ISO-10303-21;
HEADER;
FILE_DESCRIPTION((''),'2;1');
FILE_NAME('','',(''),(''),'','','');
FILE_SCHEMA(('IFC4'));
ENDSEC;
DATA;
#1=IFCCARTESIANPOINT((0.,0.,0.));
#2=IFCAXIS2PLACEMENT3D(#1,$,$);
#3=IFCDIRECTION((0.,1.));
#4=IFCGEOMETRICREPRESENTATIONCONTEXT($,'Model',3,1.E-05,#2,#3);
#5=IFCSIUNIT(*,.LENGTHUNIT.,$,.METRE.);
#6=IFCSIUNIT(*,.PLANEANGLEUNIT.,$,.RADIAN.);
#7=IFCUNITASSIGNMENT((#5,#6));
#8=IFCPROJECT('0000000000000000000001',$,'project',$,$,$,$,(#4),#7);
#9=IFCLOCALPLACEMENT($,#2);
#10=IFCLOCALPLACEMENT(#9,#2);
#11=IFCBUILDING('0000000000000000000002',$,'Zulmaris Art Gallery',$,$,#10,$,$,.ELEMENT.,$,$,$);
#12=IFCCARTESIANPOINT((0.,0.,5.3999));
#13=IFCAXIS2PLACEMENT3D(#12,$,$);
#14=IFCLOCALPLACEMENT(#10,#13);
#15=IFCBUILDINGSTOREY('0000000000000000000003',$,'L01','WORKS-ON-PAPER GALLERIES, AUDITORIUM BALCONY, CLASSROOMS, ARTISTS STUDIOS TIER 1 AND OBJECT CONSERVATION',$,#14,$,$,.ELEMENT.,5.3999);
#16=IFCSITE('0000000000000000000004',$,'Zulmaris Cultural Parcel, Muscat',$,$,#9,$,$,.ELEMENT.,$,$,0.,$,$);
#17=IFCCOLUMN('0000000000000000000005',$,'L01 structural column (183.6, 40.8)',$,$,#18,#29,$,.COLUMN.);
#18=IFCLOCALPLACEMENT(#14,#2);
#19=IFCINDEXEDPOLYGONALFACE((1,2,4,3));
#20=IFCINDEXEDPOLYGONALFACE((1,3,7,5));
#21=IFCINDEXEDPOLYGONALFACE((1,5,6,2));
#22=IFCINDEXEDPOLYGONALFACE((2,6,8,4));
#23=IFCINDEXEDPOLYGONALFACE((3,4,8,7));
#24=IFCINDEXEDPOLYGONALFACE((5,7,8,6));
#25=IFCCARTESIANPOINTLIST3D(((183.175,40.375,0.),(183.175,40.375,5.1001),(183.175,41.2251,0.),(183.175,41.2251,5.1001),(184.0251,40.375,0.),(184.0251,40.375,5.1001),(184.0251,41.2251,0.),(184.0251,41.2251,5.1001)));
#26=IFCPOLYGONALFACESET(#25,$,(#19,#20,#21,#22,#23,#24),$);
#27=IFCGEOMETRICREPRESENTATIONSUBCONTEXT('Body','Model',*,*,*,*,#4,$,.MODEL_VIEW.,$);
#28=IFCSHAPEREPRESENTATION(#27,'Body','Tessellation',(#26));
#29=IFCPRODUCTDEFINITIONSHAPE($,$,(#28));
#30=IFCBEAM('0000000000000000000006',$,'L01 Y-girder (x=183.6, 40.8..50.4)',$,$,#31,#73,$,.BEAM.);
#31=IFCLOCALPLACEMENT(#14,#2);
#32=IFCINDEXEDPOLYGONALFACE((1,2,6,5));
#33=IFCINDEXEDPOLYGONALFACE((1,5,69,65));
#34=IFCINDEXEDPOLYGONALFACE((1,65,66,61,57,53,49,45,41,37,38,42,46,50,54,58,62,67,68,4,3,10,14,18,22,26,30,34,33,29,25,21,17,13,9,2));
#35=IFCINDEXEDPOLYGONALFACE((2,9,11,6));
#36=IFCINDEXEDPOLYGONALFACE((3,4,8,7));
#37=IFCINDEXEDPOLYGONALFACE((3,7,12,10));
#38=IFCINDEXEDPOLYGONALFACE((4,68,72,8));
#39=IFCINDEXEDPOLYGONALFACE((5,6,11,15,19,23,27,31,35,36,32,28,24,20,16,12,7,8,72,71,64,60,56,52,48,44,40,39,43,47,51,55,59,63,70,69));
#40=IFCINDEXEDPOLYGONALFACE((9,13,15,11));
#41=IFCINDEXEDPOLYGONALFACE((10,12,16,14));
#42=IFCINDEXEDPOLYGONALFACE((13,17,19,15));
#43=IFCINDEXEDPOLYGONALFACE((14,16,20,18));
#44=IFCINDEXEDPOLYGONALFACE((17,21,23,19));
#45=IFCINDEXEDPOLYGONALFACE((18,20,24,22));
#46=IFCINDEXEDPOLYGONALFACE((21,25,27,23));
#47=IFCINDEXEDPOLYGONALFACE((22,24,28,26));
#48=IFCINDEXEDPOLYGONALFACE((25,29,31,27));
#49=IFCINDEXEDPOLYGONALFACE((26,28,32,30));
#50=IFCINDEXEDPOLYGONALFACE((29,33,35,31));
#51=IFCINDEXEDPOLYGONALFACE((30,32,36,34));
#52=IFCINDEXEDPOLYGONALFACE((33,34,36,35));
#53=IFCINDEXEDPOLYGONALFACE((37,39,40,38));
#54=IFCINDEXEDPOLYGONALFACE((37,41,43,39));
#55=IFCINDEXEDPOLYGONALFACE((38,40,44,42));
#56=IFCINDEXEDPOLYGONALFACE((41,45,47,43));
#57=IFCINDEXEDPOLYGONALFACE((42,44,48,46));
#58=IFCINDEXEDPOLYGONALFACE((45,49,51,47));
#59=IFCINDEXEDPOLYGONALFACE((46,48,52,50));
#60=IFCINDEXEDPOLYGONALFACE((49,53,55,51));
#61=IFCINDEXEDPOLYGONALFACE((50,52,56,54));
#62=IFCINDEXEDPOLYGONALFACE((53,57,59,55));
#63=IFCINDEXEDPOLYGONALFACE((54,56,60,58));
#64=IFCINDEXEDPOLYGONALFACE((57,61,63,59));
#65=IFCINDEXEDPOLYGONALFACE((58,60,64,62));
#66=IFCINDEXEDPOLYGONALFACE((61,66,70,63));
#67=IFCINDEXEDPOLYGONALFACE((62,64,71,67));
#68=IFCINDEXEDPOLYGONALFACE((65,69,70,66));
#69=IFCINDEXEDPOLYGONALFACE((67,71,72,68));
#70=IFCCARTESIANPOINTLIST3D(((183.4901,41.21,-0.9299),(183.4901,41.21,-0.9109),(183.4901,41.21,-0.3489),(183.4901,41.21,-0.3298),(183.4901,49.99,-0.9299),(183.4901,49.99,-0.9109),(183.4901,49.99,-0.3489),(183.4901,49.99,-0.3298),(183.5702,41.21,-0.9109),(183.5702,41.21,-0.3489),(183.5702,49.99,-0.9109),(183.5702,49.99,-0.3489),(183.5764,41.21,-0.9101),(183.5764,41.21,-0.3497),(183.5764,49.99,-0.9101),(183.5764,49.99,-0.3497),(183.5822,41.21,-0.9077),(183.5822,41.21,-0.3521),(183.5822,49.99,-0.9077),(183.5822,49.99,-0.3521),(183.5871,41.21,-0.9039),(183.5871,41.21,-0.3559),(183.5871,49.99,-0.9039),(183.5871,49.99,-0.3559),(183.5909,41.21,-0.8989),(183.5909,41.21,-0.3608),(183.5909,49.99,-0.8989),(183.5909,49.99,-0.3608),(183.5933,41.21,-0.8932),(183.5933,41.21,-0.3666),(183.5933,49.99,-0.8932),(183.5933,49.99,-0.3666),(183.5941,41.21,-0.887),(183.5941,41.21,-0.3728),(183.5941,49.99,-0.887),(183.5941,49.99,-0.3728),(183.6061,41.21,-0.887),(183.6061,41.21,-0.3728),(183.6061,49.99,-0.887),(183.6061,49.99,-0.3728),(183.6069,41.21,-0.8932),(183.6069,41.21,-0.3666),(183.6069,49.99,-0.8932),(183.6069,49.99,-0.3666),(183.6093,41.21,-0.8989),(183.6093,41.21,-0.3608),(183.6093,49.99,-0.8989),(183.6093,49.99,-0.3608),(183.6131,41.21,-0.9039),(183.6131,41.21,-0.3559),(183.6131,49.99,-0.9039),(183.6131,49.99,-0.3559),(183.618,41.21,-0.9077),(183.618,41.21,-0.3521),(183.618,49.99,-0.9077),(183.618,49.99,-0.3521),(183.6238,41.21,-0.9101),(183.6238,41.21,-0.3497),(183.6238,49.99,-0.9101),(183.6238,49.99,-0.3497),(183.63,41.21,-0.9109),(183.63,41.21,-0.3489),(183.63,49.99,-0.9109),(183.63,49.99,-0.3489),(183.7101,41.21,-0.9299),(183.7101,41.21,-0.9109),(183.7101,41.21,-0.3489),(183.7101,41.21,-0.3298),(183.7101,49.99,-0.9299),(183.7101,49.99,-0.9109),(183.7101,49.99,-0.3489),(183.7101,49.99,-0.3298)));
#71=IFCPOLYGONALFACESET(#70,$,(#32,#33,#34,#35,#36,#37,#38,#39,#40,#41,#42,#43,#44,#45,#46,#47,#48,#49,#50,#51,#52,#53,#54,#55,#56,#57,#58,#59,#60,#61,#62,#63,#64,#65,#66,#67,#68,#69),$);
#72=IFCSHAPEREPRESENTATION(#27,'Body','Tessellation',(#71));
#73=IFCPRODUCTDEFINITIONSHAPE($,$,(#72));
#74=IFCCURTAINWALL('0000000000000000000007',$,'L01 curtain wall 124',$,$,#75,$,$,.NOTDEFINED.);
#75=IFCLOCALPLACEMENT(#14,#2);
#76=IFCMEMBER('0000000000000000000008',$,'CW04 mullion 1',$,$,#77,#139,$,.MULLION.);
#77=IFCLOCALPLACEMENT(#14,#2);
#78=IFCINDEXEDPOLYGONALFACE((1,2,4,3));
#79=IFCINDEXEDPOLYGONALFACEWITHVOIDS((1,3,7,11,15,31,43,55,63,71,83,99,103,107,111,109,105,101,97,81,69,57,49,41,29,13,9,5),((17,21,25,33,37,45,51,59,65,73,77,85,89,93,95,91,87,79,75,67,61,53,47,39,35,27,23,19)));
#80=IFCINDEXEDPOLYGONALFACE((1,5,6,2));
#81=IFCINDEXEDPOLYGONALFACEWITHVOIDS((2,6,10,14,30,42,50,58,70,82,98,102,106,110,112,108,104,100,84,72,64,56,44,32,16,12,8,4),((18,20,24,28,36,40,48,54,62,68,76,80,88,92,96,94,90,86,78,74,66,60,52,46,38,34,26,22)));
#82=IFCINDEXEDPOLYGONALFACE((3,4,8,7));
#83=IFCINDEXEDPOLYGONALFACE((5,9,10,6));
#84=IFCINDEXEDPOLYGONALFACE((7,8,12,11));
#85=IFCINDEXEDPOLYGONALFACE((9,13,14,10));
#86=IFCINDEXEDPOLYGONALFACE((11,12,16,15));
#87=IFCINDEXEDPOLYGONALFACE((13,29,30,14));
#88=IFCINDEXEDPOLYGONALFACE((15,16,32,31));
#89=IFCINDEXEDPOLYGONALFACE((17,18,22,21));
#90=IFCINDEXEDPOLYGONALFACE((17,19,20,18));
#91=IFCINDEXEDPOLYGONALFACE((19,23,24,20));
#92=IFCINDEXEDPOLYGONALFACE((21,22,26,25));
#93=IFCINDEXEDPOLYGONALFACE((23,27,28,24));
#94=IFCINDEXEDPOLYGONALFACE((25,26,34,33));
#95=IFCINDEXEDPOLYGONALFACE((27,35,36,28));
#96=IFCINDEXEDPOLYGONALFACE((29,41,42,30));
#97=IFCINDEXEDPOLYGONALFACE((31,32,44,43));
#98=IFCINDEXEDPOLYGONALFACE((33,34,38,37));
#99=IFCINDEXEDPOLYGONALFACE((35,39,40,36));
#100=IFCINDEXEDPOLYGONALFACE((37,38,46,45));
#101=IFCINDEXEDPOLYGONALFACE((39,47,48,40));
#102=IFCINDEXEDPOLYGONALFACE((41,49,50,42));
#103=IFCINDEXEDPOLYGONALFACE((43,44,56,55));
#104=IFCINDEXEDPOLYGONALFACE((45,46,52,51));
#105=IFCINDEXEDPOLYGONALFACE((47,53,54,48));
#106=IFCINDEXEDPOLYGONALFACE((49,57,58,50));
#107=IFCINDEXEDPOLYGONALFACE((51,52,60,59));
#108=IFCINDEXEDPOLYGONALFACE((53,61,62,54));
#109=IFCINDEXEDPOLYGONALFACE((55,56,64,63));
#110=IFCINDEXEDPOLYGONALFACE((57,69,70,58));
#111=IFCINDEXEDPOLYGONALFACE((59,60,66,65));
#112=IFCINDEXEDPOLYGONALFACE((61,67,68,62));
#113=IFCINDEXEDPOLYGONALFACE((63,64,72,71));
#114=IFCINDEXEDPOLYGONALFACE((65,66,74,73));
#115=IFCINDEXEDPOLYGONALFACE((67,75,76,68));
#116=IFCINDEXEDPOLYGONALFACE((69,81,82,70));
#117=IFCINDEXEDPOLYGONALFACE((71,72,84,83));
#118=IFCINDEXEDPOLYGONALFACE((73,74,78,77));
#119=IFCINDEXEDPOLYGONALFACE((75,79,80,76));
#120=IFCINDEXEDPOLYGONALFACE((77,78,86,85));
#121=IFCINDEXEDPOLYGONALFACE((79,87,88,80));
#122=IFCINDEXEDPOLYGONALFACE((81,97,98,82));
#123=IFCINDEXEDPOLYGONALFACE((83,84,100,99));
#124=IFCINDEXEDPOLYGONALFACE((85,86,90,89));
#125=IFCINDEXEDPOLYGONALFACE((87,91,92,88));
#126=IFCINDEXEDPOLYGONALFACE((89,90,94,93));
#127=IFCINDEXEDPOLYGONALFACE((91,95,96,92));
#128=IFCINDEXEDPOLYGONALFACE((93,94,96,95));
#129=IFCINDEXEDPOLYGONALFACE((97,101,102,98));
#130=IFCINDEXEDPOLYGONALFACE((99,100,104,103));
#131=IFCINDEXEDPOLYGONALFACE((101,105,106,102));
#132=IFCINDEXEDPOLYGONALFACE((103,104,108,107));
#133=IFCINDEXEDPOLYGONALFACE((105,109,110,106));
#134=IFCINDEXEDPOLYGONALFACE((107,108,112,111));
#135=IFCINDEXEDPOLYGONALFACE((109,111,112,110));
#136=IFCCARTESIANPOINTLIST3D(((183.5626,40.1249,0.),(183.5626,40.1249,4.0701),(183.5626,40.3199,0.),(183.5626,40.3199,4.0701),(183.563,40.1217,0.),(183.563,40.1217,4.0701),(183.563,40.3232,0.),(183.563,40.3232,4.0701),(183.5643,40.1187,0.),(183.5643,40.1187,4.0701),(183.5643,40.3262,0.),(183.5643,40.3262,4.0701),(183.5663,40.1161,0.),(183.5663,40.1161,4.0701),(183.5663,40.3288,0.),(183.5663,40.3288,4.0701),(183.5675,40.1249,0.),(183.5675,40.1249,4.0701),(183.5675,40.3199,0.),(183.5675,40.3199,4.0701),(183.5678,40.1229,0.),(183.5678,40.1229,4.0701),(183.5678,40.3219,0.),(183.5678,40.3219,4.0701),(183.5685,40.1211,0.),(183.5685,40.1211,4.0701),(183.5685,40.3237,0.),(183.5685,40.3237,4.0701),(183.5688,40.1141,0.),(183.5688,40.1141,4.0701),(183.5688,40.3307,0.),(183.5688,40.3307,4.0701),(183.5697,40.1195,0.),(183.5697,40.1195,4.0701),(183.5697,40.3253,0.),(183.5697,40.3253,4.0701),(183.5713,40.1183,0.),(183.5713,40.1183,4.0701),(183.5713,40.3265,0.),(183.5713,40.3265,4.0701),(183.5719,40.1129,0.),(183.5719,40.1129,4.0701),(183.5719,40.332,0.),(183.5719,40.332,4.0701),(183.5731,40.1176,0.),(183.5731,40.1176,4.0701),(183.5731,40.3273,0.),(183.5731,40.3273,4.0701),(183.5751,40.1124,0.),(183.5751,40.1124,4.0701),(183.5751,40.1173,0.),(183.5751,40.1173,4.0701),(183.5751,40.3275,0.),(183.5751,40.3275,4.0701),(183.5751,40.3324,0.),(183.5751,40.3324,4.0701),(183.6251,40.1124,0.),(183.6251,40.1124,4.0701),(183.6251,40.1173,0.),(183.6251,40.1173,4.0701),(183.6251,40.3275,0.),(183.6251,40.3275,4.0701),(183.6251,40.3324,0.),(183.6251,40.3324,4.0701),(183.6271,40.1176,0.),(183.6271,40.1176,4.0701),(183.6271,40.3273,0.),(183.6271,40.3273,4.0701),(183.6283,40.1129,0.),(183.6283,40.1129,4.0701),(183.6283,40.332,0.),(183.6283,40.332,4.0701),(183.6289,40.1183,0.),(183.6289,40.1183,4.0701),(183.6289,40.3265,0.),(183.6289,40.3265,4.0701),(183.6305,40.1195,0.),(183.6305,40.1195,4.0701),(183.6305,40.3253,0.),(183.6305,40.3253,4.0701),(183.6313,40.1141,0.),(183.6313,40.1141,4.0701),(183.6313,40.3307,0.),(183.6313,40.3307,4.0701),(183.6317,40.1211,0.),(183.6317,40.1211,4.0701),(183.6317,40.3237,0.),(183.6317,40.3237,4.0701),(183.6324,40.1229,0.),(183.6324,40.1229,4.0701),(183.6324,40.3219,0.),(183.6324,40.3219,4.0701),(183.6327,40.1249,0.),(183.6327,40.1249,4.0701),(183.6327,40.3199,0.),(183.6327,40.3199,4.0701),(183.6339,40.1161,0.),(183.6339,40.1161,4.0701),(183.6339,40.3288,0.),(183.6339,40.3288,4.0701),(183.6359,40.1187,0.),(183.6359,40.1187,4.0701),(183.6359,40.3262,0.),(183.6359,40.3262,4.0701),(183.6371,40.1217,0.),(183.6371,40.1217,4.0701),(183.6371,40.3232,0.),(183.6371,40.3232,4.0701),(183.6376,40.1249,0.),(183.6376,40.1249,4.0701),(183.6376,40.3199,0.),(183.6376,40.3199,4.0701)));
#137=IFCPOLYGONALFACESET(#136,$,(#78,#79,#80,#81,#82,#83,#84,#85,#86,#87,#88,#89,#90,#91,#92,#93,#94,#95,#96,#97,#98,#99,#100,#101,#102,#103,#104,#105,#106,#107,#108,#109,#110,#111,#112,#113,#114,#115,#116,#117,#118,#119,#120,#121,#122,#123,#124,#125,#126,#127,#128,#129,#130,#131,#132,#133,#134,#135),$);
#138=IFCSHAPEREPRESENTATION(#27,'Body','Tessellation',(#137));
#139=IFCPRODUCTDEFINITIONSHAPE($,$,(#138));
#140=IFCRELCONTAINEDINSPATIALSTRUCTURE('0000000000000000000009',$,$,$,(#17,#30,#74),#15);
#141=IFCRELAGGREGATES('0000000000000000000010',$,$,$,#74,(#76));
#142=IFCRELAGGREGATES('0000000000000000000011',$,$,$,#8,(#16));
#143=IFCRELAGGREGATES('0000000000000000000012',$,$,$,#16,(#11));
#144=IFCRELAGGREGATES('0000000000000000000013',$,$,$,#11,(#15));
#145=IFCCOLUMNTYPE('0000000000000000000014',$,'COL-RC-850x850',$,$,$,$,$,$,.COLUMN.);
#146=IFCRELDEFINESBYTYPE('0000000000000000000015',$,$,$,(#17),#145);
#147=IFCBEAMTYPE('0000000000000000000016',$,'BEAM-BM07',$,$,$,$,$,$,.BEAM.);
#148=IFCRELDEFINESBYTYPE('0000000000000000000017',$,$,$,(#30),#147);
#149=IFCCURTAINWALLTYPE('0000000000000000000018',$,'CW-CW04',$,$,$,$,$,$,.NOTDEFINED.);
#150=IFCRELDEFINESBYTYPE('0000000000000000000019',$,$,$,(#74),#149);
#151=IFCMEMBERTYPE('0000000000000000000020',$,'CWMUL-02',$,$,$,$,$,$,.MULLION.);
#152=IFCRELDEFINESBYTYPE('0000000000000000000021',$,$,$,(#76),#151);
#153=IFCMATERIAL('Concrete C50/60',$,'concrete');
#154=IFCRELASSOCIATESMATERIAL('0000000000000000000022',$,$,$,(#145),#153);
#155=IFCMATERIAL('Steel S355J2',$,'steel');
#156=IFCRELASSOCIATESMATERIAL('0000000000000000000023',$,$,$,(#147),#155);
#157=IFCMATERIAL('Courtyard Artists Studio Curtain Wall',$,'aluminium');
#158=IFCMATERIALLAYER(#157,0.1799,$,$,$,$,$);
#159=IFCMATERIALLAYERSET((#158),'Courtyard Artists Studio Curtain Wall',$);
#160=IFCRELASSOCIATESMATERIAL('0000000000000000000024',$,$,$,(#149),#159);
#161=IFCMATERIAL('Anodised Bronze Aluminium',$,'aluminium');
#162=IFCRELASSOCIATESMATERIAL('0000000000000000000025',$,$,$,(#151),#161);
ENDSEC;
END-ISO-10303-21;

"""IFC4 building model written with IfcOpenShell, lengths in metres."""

from ifc_helpers import new_model, si_unit, direction, frame, origin, origin_2d, place, context, subcontext, project, spatial, rectangle, hollow_rectangle, i_section, extrude, material, layer, layer_set, material_profile, profile_set, type_object, element, aggregate, save


model = new_model("IFC4")

# Units and contexts
model_context = context("Model", 3, precision=1e-05, world=origin(), true_north=direction((0.0, 1.0)))
body_context = subcontext(model_context, "Body", "Model", "MODEL_VIEW")
ifc_project = project(units=[si_unit("LENGTHUNIT", "METRE"), si_unit("PLANEANGLEUNIT", "RADIAN")], contexts=[model_context])

# Site, building, storey
site_placement = place(None, origin())
site = spatial("IfcSite", under=ifc_project, at=site_placement, Name="Zulmaris Cultural Parcel, Muscat", CompositionType="ELEMENT", RefElevation=0.0)
building_placement = place(site_placement, origin())
building = spatial("IfcBuilding", under=site, at=building_placement, Name="Zulmaris Art Gallery", CompositionType="ELEMENT")
storey_placement = place(building_placement, frame((0.0, 0.0, 5.3999)))
storey = spatial("IfcBuildingStorey", under=building, at=storey_placement, Name="L01", Description="WORKS-ON-PAPER GALLERIES, AUDITORIUM BALCONY, CLASSROOMS, ARTISTS STUDIOS TIER 1 AND OBJECT CONSERVATION", CompositionType="ELEMENT", Elevation=5.3999)

# Column
ifc_material_1 = material(Name="Concrete C50/60", Category="concrete")
ifc_material_profile_1 = material_profile(ifc_material_1, rectangle(XDim=0.8501, YDim=0.8501, at=origin_2d()), Name="RC 850x850")
ifc_profile_set_1 = profile_set([ifc_material_profile_1], Name="Concrete C50/60")
column_type = type_object("IfcColumnType", Name="COL-RC-850x850", PredefinedType="COLUMN", material=ifc_profile_set_1)
column_placement = place(storey_placement, frame((183.6001, 40.8, 0.0), z_axis=(0.0, 0.0, 1.0), x_axis=(1.0, 0.0, 0.0)))
element("IfcColumn", 1, at=column_placement, inside=storey, type_object=column_type, Name="L01 structural column (183.6, 40.8)", PredefinedType="COLUMN", context=body_context, shape_type="SweptSolid", body=[
    extrude(rectangle(XDim=0.8501, YDim=0.8501, at=origin_2d()), origin(), (0.0, 0.0, 1.0), 5.1001),
])

# Beam
ifc_material_2 = material(Name="Steel S355J2", Category="steel")
ifc_material_profile_2 = material_profile(ifc_material_2, i_section(OverallWidth=0.22, OverallDepth=0.6001, WebThickness=0.012, FlangeThickness=0.019, FilletRadius=0.0239, at=origin_2d()), Name="IPE 600")
ifc_profile_set_2 = profile_set([ifc_material_profile_2], Name="Steel S355J2")
beam_type = type_object("IfcBeamType", Name="BEAM-BM07", PredefinedType="BEAM", material=ifc_profile_set_2)
beam_placement = place(storey_placement, frame((183.6001, 41.21, -0.6299), z_axis=(0.0, 1.0, 0.0), x_axis=(-1.0, 0.0, 0.0)))
element("IfcBeam", 2, at=beam_placement, inside=storey, type_object=beam_type, Name="L01 Y-girder (x=183.6, 40.8..50.4)", PredefinedType="BEAM", context=body_context, shape_type="SweptSolid", body=[
    extrude(i_section(OverallWidth=0.22, OverallDepth=0.6001, WebThickness=0.012, FlangeThickness=0.019, FilletRadius=0.0239, at=origin_2d()), origin(), (0.0, 0.0, 1.0), 8.78),
])

# Curtain wall, member
ifc_material_3 = material(Name="Courtyard Artists Studio Curtain Wall", Category="aluminium")
ifc_layer_1 = layer(ifc_material_3, 0.1799)
ifc_layer_set_1 = layer_set([ifc_layer_1], Name="Courtyard Artists Studio Curtain Wall")
curtain_wall_type = type_object("IfcCurtainWallType", Name="CW-CW04", PredefinedType="NOTDEFINED", material=ifc_layer_set_1)
curtain_wall_1_placement = place(storey_placement, origin())
curtain_wall_1 = element("IfcCurtainWall", 3, at=curtain_wall_1_placement, inside=storey, type_object=curtain_wall_type, Name="L01 curtain wall 124", PredefinedType="NOTDEFINED")
ifc_material_4 = material(Name="Anodised Bronze Aluminium", Category="aluminium")
ifc_material_profile_3 = material_profile(ifc_material_4, hollow_rectangle(XDim=0.075, YDim=0.22, WallThickness=0.0049, InnerFilletRadius=0.0076, OuterFilletRadius=0.0125, at=origin_2d()), Name="ALU 75x220x5")
ifc_profile_set_3 = profile_set([ifc_material_profile_3], Name="Anodised Bronze Aluminium")
member_type_1 = type_object("IfcMemberType", Name="CWMUL-02", PredefinedType="MULLION", material=ifc_profile_set_3)
member_1_placement = place(storey_placement, frame((183.6001, 40.2224, 0.0), z_axis=(0.0, 0.0, 1.0), x_axis=(1.0, 0.0, 0.0)))
member_1 = element("IfcMember", 4, at=member_1_placement, type_object=member_type_1, Name="CW04 mullion 1", PredefinedType="MULLION", context=body_context, shape_type="SweptSolid", body=[
    extrude(hollow_rectangle(XDim=0.075, YDim=0.22, WallThickness=0.0049, InnerFilletRadius=0.0076, OuterFilletRadius=0.0125, at=origin_2d()), origin(), (0.0, 0.0, 1.0), 4.0701),
])

aggregate(curtain_wall_1, [member_1])

save(model, "model.ifc")
